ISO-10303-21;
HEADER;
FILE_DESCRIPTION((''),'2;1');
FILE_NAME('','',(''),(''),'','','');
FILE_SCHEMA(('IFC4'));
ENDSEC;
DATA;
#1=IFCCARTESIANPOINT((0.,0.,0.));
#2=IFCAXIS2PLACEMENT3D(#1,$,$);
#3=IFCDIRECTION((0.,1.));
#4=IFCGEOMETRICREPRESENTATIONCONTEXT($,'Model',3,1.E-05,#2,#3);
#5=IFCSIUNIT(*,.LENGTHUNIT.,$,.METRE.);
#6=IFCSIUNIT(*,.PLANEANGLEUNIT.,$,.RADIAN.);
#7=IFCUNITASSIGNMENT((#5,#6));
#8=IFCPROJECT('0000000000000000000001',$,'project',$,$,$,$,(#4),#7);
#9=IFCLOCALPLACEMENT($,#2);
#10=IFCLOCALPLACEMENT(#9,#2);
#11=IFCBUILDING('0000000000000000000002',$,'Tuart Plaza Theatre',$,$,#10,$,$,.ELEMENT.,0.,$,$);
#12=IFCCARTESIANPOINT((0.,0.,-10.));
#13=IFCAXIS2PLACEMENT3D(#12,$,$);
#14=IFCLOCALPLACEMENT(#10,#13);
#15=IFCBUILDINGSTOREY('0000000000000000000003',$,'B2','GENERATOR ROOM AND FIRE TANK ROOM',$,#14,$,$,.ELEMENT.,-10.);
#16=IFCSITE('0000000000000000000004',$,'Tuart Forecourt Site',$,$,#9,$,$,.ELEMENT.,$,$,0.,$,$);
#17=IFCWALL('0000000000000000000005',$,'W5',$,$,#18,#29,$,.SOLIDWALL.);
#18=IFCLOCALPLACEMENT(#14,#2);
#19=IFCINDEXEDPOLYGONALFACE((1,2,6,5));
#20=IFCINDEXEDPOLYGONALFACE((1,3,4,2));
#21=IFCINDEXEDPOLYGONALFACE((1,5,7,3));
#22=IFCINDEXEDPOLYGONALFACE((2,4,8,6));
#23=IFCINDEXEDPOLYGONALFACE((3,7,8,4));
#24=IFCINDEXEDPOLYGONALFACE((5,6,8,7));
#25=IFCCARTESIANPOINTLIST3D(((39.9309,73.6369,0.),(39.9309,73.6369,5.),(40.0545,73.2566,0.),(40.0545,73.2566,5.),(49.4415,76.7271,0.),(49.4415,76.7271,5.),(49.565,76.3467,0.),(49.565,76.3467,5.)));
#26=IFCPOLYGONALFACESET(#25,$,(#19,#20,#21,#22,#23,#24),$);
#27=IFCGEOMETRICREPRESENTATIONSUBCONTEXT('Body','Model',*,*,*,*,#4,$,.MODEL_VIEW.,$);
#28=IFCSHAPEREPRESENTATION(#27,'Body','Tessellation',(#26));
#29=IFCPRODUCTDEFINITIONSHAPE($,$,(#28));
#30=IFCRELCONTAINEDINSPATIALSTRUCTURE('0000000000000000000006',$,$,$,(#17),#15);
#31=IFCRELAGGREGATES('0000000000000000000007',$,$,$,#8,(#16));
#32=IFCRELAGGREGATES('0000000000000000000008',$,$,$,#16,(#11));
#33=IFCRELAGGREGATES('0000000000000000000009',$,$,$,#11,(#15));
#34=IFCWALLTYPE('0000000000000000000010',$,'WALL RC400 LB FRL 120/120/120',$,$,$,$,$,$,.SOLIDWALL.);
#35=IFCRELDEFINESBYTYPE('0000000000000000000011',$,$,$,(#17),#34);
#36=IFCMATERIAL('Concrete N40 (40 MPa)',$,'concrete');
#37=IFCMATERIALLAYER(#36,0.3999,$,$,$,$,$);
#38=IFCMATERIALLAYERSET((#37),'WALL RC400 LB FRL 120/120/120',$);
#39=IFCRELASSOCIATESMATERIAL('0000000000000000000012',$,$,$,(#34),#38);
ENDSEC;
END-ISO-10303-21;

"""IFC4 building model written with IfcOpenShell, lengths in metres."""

from ifc_helpers import new_model, si_unit, direction, frame, frame_2d, origin, place, context, subcontext, project, spatial, rectangle, extrude, material, layer, layer_set, type_object, element, save


model = new_model("IFC4")

# Units and contexts
model_context = context("Model", 3, precision=1e-05, world=origin(), true_north=direction((0.0, 1.0)))
body_context = subcontext(model_context, "Body", "Model", "MODEL_VIEW")
ifc_project = project(units=[si_unit("LENGTHUNIT", "METRE"), si_unit("PLANEANGLEUNIT", "RADIAN")], contexts=[model_context])

# Site, building, storey
site_placement = place(None, origin())
site = spatial("IfcSite", under=ifc_project, at=site_placement, Name="Tuart Forecourt Site", CompositionType="ELEMENT", RefElevation=0.0)
building_placement = place(site_placement, origin())
building = spatial("IfcBuilding", under=site, at=building_placement, Name="Tuart Plaza Theatre", CompositionType="ELEMENT", ElevationOfRefHeight=0.0)
storey_placement = place(building_placement, frame((0.0, 0.0, -10.0)))
storey = spatial("IfcBuildingStorey", under=building, at=storey_placement, Name="B2", Description="GENERATOR ROOM AND FIRE TANK ROOM", CompositionType="ELEMENT", Elevation=-10.0)

# Wall
ifc_material_1 = material(Name="Concrete N40 (40 MPa)", Category="concrete")
ifc_layer_1 = layer(ifc_material_1, 0.3999)
ifc_layer_set_1 = layer_set([ifc_layer_1], Name="WALL RC400 LB FRL 120/120/120")
wall_type_1 = type_object("IfcWallType", Name="WALL RC400 LB FRL 120/120/120", PredefinedType="SOLIDWALL", material=ifc_layer_set_1)
wall_1_placement = place(storey_placement, frame((39.9927, 73.4468, 0.0), z_axis=(0.0, 0.0, 1.0), x_axis=(0.951058, 0.309012, 0.0)))
element("IfcWall", 1, at=wall_1_placement, inside=storey, type_object=wall_type_1, Name="W5", PredefinedType="SOLIDWALL", context=body_context, shape_type="SweptSolid", body=[
    extrude(rectangle(XDim=10.0, YDim=0.3999, at=frame_2d((5.0, 0.0))), origin(), (0.0, 0.0, 1.0), 5.0),
])

save(model, "model.ifc")
